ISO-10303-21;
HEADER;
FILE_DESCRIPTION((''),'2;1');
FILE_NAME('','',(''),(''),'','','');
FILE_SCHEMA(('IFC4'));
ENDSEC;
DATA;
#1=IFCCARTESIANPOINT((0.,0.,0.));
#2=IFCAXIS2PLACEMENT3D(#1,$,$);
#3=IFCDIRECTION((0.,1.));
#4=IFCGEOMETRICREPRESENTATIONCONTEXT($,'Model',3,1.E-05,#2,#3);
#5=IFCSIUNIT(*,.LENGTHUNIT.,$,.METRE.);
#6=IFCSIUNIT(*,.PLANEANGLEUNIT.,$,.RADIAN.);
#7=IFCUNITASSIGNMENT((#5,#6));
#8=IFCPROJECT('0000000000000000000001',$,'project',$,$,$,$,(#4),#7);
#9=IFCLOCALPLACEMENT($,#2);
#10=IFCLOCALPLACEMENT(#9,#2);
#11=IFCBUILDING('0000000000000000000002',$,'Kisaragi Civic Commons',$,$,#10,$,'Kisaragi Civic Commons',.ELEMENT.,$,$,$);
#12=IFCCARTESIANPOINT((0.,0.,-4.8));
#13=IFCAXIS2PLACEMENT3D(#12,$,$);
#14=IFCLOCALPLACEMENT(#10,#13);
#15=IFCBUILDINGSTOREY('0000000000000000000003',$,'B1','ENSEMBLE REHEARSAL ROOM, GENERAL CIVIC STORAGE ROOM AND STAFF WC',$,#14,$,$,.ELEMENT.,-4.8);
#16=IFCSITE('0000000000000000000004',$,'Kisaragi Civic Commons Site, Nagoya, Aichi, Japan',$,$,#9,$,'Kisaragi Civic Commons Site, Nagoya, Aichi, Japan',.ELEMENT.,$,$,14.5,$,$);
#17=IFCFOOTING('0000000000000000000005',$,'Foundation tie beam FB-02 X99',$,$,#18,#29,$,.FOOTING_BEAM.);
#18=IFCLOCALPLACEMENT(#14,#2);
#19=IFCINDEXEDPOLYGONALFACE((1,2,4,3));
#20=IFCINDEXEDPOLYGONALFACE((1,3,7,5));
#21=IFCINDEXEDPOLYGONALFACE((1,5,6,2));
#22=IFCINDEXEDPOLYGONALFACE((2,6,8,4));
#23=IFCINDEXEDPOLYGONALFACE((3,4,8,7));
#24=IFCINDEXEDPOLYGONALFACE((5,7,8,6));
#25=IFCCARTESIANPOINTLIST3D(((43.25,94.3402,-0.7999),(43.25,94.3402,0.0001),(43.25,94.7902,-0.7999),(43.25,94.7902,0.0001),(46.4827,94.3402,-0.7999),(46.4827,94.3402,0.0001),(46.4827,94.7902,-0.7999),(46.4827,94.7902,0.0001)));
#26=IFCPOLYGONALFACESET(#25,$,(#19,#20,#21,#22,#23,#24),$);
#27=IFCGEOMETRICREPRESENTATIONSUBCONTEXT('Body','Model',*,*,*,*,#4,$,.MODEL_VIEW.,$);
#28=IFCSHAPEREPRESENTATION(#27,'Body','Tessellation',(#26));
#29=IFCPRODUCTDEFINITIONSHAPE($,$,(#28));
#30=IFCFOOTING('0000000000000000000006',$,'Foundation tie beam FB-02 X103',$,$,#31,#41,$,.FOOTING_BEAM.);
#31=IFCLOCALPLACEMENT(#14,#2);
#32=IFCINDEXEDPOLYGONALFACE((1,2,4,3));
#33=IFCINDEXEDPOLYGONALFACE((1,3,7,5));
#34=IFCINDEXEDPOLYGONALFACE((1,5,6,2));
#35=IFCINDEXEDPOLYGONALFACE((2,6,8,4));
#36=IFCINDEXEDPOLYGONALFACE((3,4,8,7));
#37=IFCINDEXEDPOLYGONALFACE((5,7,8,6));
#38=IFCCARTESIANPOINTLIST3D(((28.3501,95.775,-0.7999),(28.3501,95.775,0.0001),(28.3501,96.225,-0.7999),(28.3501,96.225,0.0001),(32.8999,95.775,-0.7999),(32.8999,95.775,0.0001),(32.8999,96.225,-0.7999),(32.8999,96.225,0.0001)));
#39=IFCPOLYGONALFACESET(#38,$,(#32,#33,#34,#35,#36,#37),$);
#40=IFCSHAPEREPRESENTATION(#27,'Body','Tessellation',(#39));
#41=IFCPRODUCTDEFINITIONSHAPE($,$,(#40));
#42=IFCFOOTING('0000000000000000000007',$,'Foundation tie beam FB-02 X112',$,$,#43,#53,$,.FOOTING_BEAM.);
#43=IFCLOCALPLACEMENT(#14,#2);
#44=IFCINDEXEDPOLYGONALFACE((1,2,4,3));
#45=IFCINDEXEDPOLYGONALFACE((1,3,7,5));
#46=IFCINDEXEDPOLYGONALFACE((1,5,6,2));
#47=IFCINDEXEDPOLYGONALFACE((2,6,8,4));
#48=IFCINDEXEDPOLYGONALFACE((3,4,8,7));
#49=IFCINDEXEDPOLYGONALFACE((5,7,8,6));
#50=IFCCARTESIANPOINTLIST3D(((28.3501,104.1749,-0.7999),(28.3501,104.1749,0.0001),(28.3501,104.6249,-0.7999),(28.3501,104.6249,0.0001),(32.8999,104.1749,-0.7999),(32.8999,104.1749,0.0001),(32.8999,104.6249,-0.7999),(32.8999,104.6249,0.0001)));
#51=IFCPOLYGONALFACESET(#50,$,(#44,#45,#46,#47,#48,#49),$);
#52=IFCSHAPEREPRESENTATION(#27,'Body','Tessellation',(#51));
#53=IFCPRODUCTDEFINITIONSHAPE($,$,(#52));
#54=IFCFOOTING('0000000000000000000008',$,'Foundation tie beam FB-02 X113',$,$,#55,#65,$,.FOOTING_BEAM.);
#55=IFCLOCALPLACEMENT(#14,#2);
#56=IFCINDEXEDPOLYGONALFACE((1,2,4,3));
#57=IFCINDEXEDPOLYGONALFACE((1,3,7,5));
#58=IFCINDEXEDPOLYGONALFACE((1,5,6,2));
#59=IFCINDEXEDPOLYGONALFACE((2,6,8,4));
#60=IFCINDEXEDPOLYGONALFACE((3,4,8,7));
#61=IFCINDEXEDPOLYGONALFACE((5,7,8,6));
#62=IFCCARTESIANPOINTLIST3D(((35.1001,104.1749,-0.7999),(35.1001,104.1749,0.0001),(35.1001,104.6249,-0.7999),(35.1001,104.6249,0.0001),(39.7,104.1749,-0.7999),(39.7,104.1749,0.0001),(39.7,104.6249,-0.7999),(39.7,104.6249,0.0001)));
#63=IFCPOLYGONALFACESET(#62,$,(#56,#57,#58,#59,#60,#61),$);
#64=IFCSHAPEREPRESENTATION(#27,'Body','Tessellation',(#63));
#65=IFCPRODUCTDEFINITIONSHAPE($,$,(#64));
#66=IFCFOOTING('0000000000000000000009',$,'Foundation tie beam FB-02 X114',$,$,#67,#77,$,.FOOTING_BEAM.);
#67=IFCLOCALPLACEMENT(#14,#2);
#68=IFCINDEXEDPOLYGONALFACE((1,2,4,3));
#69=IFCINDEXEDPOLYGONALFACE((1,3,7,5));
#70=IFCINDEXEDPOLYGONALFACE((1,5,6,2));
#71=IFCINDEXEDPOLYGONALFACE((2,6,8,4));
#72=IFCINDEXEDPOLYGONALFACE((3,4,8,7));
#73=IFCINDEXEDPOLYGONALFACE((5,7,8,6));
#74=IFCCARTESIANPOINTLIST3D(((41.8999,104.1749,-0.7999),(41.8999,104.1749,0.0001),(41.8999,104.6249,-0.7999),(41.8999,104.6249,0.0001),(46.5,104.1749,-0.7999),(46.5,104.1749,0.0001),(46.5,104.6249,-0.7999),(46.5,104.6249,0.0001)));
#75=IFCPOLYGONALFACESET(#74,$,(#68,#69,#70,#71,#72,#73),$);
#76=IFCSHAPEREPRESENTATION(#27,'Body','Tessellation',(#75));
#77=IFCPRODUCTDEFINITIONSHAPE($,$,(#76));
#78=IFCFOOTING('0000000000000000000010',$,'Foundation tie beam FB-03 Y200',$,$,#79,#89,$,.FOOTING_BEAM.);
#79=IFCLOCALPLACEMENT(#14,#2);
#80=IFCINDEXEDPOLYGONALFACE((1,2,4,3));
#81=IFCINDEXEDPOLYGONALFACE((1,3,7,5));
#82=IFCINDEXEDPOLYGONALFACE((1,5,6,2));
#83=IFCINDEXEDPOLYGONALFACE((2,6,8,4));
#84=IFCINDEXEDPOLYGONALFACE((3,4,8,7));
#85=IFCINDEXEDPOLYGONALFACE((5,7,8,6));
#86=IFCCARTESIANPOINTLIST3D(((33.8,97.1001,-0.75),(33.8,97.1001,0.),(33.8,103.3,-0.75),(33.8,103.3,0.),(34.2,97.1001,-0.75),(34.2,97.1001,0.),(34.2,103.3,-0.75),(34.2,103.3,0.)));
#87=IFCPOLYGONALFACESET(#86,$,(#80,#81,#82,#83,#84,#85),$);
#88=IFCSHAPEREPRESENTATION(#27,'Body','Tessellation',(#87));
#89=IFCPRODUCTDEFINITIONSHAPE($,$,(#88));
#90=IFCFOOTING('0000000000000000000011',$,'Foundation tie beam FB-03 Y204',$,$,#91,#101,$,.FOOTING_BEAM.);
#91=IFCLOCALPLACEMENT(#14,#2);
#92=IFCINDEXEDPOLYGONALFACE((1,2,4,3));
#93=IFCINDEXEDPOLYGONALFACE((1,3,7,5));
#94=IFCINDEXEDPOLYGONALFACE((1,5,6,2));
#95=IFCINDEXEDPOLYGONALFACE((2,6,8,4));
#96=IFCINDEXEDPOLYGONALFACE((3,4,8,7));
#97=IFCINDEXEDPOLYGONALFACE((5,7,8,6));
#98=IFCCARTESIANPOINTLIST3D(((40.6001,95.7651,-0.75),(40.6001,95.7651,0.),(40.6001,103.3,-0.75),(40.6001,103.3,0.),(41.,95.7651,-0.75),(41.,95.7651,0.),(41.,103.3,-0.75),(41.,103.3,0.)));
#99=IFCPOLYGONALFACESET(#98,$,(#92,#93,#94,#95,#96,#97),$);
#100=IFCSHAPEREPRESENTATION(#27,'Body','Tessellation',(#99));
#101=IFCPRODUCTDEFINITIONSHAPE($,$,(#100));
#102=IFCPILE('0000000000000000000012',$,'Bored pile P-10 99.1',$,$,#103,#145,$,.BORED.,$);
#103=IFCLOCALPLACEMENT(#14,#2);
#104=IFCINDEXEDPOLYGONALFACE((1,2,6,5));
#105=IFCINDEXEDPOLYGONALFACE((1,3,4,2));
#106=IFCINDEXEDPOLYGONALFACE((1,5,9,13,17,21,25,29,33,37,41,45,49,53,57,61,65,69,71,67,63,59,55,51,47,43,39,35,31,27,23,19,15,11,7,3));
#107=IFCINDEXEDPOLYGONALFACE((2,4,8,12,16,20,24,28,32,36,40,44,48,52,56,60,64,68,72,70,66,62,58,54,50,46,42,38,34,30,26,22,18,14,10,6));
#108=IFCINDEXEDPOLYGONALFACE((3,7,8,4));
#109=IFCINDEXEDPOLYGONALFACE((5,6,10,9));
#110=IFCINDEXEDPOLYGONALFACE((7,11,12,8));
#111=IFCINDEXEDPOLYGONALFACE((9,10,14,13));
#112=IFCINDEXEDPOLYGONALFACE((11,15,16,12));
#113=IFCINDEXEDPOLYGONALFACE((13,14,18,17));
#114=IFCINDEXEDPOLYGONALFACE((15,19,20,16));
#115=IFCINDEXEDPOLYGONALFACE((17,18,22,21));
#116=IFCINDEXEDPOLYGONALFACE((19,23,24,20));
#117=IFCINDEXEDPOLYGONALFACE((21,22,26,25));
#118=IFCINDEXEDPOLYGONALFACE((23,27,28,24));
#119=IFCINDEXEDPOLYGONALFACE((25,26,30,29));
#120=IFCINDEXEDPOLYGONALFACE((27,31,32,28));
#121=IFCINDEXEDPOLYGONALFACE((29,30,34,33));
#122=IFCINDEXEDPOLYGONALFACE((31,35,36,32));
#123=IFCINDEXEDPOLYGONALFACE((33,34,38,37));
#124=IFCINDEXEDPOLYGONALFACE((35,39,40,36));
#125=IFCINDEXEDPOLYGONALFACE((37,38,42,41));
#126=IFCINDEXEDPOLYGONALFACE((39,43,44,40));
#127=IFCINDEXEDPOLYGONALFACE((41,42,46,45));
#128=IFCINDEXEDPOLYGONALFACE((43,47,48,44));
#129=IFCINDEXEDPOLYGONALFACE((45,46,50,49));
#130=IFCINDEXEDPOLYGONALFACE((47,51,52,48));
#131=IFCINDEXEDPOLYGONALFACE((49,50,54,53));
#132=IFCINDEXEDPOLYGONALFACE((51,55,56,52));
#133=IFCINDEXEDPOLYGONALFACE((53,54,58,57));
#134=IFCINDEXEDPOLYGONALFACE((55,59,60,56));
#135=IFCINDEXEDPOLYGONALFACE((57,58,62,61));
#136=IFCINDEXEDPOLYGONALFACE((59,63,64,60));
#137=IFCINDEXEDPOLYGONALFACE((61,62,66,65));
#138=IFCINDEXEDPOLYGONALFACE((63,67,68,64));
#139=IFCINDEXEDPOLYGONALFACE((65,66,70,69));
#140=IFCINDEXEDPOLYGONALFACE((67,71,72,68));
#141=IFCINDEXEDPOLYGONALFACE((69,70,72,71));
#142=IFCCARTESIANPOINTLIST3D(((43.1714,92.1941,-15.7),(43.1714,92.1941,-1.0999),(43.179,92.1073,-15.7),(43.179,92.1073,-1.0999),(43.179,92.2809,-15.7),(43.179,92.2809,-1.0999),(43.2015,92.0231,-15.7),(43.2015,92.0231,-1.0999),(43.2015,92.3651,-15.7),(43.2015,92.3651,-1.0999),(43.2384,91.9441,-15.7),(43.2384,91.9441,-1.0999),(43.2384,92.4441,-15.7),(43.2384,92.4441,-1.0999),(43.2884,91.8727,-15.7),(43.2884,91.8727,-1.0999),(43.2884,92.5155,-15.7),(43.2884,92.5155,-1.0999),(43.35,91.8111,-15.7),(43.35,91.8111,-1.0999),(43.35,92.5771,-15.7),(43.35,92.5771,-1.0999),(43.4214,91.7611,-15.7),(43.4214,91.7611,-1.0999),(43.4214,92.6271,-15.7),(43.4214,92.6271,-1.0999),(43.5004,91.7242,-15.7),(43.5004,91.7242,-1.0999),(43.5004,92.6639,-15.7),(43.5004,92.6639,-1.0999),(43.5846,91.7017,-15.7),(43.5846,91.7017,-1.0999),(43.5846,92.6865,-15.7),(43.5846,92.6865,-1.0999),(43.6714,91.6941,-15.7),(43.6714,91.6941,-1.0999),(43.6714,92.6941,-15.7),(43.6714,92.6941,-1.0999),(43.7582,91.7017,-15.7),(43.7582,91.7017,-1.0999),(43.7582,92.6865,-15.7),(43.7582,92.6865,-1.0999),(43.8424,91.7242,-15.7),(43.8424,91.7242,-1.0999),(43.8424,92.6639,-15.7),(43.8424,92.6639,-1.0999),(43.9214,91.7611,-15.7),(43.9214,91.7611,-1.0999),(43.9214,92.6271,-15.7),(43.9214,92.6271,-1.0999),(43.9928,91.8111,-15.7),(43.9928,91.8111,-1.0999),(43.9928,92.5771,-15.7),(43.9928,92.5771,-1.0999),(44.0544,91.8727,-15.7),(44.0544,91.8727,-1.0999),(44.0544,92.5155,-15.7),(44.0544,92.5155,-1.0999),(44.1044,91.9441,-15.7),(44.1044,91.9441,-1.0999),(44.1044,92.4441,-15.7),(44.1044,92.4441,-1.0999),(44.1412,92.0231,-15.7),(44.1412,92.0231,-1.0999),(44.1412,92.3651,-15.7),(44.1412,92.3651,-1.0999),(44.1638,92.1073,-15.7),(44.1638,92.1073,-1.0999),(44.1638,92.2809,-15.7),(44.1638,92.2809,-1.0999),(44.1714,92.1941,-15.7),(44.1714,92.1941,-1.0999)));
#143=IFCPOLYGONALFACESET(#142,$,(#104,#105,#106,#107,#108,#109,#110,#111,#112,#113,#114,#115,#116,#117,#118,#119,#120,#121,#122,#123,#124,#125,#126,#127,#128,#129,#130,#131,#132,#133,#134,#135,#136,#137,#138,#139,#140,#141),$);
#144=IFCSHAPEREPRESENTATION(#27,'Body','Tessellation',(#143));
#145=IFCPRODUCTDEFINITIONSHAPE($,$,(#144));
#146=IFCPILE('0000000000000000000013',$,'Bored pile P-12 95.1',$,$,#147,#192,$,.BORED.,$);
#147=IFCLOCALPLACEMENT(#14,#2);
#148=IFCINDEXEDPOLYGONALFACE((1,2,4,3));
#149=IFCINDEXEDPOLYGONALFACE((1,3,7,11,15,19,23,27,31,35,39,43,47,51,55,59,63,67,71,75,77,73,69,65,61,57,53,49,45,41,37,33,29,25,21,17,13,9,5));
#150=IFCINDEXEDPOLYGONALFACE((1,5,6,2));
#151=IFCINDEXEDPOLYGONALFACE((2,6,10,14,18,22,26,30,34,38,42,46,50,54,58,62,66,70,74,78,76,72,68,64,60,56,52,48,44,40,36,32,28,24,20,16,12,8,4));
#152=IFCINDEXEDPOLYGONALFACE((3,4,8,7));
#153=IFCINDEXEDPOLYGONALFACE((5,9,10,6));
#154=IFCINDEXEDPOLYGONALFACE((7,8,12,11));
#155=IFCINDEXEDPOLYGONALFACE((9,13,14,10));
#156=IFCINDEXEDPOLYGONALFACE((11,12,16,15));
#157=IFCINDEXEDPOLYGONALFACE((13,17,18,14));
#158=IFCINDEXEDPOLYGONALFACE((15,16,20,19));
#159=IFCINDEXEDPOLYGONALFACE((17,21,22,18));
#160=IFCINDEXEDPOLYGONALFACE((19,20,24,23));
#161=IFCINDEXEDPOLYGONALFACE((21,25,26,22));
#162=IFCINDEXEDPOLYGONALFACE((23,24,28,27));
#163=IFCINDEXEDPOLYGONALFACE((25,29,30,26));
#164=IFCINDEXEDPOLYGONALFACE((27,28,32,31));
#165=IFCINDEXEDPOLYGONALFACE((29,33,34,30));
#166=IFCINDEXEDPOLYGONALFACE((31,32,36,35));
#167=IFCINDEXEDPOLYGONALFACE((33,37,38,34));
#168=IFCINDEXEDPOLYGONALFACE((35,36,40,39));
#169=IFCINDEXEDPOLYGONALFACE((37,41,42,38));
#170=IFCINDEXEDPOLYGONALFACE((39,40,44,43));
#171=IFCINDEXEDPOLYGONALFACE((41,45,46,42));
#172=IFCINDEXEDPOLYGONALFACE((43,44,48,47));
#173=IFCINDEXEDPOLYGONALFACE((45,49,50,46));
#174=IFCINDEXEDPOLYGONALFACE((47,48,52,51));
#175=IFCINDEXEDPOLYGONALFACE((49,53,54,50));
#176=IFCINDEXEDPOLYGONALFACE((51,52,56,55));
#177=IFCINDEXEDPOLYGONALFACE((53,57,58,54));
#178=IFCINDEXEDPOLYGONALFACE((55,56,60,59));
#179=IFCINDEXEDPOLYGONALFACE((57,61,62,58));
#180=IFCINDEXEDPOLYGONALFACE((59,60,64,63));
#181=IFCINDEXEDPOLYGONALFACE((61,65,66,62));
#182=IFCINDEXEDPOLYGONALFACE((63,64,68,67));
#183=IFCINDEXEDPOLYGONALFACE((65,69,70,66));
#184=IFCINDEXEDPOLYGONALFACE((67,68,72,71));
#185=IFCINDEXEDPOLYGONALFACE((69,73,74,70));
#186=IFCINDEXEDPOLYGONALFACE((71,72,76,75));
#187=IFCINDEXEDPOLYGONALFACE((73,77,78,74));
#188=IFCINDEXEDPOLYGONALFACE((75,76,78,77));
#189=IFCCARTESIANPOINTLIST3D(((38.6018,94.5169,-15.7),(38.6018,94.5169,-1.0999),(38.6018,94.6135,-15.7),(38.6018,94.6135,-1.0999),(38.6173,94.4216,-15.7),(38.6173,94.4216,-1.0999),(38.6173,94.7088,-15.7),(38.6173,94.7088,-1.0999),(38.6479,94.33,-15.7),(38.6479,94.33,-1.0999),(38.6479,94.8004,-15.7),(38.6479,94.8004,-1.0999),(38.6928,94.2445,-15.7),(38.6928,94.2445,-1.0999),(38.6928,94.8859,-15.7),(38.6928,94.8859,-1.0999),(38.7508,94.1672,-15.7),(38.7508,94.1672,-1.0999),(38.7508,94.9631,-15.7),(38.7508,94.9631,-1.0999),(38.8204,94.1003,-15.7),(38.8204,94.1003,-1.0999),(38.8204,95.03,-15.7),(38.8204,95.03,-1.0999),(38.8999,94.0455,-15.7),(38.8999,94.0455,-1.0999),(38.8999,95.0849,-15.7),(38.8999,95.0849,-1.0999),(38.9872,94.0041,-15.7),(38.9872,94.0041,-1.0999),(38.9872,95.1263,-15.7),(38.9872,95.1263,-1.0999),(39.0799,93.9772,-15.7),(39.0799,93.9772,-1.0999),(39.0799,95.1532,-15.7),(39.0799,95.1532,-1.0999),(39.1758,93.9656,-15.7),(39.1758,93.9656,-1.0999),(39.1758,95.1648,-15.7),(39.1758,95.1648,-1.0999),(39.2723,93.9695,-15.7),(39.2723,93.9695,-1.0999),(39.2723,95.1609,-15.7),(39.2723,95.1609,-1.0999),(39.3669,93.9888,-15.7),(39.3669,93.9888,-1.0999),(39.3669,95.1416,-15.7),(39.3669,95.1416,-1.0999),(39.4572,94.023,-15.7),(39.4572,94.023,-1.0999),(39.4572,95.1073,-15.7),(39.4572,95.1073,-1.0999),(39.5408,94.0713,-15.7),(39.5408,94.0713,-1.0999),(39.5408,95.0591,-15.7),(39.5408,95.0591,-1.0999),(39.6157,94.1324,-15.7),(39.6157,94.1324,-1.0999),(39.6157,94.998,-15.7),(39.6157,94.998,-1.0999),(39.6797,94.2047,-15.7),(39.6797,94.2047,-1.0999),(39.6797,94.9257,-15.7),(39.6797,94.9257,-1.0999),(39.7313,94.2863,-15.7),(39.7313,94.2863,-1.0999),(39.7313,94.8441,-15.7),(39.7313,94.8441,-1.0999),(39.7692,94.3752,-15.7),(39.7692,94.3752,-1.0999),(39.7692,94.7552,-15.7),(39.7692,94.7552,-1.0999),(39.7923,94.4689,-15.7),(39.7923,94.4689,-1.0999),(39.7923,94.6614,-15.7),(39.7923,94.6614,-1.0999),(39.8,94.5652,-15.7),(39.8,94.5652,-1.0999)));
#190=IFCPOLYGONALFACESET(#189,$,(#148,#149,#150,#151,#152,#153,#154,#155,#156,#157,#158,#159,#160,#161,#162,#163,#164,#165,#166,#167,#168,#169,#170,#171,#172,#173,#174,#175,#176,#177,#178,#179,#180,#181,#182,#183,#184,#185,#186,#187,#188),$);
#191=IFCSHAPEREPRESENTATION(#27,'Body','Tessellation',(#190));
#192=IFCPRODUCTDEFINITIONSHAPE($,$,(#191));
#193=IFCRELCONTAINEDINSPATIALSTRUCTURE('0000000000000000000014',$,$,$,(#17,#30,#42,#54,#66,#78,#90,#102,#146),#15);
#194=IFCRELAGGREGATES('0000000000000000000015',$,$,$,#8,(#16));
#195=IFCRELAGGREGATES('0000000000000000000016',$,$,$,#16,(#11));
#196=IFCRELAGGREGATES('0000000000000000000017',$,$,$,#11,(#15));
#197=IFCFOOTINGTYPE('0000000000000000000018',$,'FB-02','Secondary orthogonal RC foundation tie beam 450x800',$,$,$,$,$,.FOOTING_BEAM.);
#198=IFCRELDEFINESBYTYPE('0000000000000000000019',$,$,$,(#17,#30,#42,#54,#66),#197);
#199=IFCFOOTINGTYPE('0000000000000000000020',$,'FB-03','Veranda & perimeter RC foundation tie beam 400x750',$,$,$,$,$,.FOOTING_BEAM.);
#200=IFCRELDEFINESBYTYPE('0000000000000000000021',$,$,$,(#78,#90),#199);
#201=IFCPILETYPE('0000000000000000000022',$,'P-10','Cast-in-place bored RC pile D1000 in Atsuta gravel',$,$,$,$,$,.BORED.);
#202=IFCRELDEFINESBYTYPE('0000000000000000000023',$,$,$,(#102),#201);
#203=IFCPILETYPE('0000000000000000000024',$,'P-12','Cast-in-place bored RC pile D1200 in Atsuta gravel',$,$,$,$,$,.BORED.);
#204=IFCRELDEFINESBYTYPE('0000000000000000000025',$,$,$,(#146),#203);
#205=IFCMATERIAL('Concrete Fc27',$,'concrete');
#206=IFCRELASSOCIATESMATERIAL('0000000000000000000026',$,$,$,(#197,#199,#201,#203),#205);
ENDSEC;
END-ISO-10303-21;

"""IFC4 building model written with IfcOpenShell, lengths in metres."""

from ifc_helpers import new_model, si_unit, direction, frame, origin, origin_2d, place, context, subcontext, project, spatial, rectangle, circle, extrude, material, material_profile, profile_set, type_object, element, save


model = new_model("IFC4")

# Units and contexts
model_context = context("Model", 3, precision=1e-05, world=origin(), true_north=direction((0.0, 1.0)))
body_context = subcontext(model_context, "Body", "Model", "MODEL_VIEW")
ifc_project = project(units=[si_unit("LENGTHUNIT", "METRE"), si_unit("PLANEANGLEUNIT", "RADIAN")], contexts=[model_context])

# Site, building, storey
site_placement = place(None, origin())
site = spatial("IfcSite", under=ifc_project, at=site_placement, Name="Kisaragi Civic Commons Site, Nagoya, Aichi, Japan", LongName="Kisaragi Civic Commons Site, Nagoya, Aichi, Japan", CompositionType="ELEMENT", RefElevation=14.5)
building_placement = place(site_placement, origin())
building = spatial("IfcBuilding", under=site, at=building_placement, Name="Kisaragi Civic Commons", LongName="Kisaragi Civic Commons", CompositionType="ELEMENT")
storey_placement = place(building_placement, frame((0.0, 0.0, -4.8)))
storey = spatial("IfcBuildingStorey", under=building, at=storey_placement, Name="B1", Description="ENSEMBLE REHEARSAL ROOM, GENERAL CIVIC STORAGE ROOM AND STAFF WC", CompositionType="ELEMENT", Elevation=-4.8)

# Footings
ifc_material_1 = material(Name="Concrete Fc27", Category="concrete")
ifc_material_profile_1 = material_profile(ifc_material_1, rectangle(XDim=0.45, YDim=0.8, at=origin_2d()), Name="RC-450x800", Category="concrete")
ifc_profile_set_1 = profile_set([ifc_material_profile_1], Name="Concrete Fc27")
footing_type_1 = type_object("IfcFootingType", Name="FB-02", Description="Secondary orthogonal RC foundation tie beam 450x800", PredefinedType="FOOTING_BEAM", material=ifc_profile_set_1)
footing_1_placement = place(storey_placement, frame((43.25, 94.5652, -0.3999), z_axis=(1.0, 0.0, 0.0), x_axis=(0.0, 1.0, 0.0)))
element("IfcFooting", 1, at=footing_1_placement, inside=storey, type_object=footing_type_1, Name="Foundation tie beam FB-02 X99", PredefinedType="FOOTING_BEAM", context=body_context, shape_type="SweptSolid", body=[
    extrude(rectangle(XDim=0.45, YDim=0.8, at=origin_2d()), origin(), (0.0, 0.0, 1.0), 3.2327),
])
for number, where, z_axis, x_axis, name in (
    (2, (28.3501, 96.0, -0.3999), (1.0, 0.0, 0.0), (0.0, 1.0, 0.0), "Foundation tie beam FB-02 X103"),
    (3, (28.3501, 104.3999, -0.3999), (1.0, 0.0, 0.0), (0.0, 1.0, 0.0), "Foundation tie beam FB-02 X112"),
):
    element("IfcFooting", number, at=place(storey_placement, frame(where, z_axis=z_axis, x_axis=x_axis)), inside=storey, type_object=footing_type_1, Name=name, PredefinedType="FOOTING_BEAM", context=body_context, shape_type="SweptSolid", body=[
        extrude(rectangle(XDim=0.45, YDim=0.8, at=origin_2d()), origin(), (0.0, 0.0, 1.0), 4.5498),
    ])
footing_2_placement = place(storey_placement, frame((35.1001, 104.3999, -0.3999), z_axis=(1.0, 0.0, 0.0), x_axis=(0.0, 1.0, 0.0)))
element("IfcFooting", 4, at=footing_2_placement, inside=storey, type_object=footing_type_1, Name="Foundation tie beam FB-02 X113", PredefinedType="FOOTING_BEAM", context=body_context, shape_type="SweptSolid", body=[
    extrude(rectangle(XDim=0.45, YDim=0.8, at=origin_2d()), origin(), (0.0, 0.0, 1.0), 4.5999),
])
footing_3_placement = place(storey_placement, frame((41.8999, 104.3999, -0.3999), z_axis=(1.0, 0.0, 0.0), x_axis=(0.0, 1.0, 0.0)))
element("IfcFooting", 5, at=footing_3_placement, inside=storey, type_object=footing_type_1, Name="Foundation tie beam FB-02 X114", PredefinedType="FOOTING_BEAM", context=body_context, shape_type="SweptSolid", body=[
    extrude(rectangle(XDim=0.45, YDim=0.8, at=origin_2d()), origin(), (0.0, 0.0, 1.0), 4.6001),
])
ifc_material_profile_2 = material_profile(ifc_material_1, rectangle(XDim=0.3999, YDim=0.75, at=origin_2d()), Name="RC-400x750", Category="concrete")
ifc_profile_set_2 = profile_set([ifc_material_profile_2], Name="Concrete Fc27")
footing_type_2 = type_object("IfcFootingType", Name="FB-03", Description="Veranda & perimeter RC foundation tie beam 400x750", PredefinedType="FOOTING_BEAM", material=ifc_profile_set_2)
footing_4_placement = place(storey_placement, frame((34.0, 97.1001, -0.375), z_axis=(0.0, 1.0, 0.0), x_axis=(-1.0, 0.0, 0.0)))
element("IfcFooting", 6, at=footing_4_placement, inside=storey, type_object=footing_type_2, Name="Foundation tie beam FB-03 Y200", PredefinedType="FOOTING_BEAM", context=body_context, shape_type="SweptSolid", body=[
    extrude(rectangle(XDim=0.3999, YDim=0.75, at=origin_2d()), origin(), (0.0, 0.0, 1.0), 6.2),
])
footing_5_placement = place(storey_placement, frame((40.8, 95.7651, -0.375), z_axis=(0.0, 1.0, 0.0), x_axis=(-1.0, 0.0, 0.0)))
element("IfcFooting", 7, at=footing_5_placement, inside=storey, type_object=footing_type_2, Name="Foundation tie beam FB-03 Y204", PredefinedType="FOOTING_BEAM", context=body_context, shape_type="SweptSolid", body=[
    extrude(rectangle(XDim=0.3999, YDim=0.75, at=origin_2d()), origin(), (0.0, 0.0, 1.0), 7.5349),
])

# Piles
ifc_material_profile_3 = material_profile(ifc_material_1, circle(Radius=0.5, at=origin_2d()), Name="PILE-D1000", Category="concrete")
ifc_profile_set_3 = profile_set([ifc_material_profile_3], Name="Concrete Fc27")
pile_type_1 = type_object("IfcPileType", Name="P-10", Description="Cast-in-place bored RC pile D1000 in Atsuta gravel", PredefinedType="BORED", material=ifc_profile_set_3)
pile_placement = place(storey_placement, frame((43.6714, 92.1941, -1.0999), z_axis=(0.0, 0.0, -1.0), x_axis=(1.0, 0.0, 0.0)))
element("IfcPile", 8, at=pile_placement, inside=storey, type_object=pile_type_1, Name="Bored pile P-10 99.1", PredefinedType="BORED", context=body_context, shape_type="SweptSolid", body=[
    extrude(circle(Radius=0.5, at=origin_2d()), origin(), (0.0, 0.0, 1.0), 14.6001),
])
ifc_material_profile_4 = material_profile(ifc_material_1, circle(Radius=0.6001, at=origin_2d()), Name="PILE-D1200", Category="concrete")
ifc_profile_set_4 = profile_set([ifc_material_profile_4], Name="Concrete Fc27")
pile_type_2 = type_object("IfcPileType", Name="P-12", Description="Cast-in-place bored RC pile D1200 in Atsuta gravel", PredefinedType="BORED", material=ifc_profile_set_4)
for number, where, z_axis, x_axis, name in (
    (9, (39.2, 94.5652, -1.0999), (0.0, 0.0, -1.0), (1.0, 0.0, 0.0), "Bored pile P-12 95.1"),
):
    element("IfcPile", number, at=place(storey_placement, frame(where, z_axis=z_axis, x_axis=x_axis)), inside=storey, type_object=pile_type_2, Name=name, PredefinedType="BORED", context=body_context, shape_type="SweptSolid", body=[
        extrude(circle(Radius=0.6001, at=origin_2d()), origin(), (0.0, 0.0, 1.0), 14.6001),
    ])

save(model, "model.ifc")
